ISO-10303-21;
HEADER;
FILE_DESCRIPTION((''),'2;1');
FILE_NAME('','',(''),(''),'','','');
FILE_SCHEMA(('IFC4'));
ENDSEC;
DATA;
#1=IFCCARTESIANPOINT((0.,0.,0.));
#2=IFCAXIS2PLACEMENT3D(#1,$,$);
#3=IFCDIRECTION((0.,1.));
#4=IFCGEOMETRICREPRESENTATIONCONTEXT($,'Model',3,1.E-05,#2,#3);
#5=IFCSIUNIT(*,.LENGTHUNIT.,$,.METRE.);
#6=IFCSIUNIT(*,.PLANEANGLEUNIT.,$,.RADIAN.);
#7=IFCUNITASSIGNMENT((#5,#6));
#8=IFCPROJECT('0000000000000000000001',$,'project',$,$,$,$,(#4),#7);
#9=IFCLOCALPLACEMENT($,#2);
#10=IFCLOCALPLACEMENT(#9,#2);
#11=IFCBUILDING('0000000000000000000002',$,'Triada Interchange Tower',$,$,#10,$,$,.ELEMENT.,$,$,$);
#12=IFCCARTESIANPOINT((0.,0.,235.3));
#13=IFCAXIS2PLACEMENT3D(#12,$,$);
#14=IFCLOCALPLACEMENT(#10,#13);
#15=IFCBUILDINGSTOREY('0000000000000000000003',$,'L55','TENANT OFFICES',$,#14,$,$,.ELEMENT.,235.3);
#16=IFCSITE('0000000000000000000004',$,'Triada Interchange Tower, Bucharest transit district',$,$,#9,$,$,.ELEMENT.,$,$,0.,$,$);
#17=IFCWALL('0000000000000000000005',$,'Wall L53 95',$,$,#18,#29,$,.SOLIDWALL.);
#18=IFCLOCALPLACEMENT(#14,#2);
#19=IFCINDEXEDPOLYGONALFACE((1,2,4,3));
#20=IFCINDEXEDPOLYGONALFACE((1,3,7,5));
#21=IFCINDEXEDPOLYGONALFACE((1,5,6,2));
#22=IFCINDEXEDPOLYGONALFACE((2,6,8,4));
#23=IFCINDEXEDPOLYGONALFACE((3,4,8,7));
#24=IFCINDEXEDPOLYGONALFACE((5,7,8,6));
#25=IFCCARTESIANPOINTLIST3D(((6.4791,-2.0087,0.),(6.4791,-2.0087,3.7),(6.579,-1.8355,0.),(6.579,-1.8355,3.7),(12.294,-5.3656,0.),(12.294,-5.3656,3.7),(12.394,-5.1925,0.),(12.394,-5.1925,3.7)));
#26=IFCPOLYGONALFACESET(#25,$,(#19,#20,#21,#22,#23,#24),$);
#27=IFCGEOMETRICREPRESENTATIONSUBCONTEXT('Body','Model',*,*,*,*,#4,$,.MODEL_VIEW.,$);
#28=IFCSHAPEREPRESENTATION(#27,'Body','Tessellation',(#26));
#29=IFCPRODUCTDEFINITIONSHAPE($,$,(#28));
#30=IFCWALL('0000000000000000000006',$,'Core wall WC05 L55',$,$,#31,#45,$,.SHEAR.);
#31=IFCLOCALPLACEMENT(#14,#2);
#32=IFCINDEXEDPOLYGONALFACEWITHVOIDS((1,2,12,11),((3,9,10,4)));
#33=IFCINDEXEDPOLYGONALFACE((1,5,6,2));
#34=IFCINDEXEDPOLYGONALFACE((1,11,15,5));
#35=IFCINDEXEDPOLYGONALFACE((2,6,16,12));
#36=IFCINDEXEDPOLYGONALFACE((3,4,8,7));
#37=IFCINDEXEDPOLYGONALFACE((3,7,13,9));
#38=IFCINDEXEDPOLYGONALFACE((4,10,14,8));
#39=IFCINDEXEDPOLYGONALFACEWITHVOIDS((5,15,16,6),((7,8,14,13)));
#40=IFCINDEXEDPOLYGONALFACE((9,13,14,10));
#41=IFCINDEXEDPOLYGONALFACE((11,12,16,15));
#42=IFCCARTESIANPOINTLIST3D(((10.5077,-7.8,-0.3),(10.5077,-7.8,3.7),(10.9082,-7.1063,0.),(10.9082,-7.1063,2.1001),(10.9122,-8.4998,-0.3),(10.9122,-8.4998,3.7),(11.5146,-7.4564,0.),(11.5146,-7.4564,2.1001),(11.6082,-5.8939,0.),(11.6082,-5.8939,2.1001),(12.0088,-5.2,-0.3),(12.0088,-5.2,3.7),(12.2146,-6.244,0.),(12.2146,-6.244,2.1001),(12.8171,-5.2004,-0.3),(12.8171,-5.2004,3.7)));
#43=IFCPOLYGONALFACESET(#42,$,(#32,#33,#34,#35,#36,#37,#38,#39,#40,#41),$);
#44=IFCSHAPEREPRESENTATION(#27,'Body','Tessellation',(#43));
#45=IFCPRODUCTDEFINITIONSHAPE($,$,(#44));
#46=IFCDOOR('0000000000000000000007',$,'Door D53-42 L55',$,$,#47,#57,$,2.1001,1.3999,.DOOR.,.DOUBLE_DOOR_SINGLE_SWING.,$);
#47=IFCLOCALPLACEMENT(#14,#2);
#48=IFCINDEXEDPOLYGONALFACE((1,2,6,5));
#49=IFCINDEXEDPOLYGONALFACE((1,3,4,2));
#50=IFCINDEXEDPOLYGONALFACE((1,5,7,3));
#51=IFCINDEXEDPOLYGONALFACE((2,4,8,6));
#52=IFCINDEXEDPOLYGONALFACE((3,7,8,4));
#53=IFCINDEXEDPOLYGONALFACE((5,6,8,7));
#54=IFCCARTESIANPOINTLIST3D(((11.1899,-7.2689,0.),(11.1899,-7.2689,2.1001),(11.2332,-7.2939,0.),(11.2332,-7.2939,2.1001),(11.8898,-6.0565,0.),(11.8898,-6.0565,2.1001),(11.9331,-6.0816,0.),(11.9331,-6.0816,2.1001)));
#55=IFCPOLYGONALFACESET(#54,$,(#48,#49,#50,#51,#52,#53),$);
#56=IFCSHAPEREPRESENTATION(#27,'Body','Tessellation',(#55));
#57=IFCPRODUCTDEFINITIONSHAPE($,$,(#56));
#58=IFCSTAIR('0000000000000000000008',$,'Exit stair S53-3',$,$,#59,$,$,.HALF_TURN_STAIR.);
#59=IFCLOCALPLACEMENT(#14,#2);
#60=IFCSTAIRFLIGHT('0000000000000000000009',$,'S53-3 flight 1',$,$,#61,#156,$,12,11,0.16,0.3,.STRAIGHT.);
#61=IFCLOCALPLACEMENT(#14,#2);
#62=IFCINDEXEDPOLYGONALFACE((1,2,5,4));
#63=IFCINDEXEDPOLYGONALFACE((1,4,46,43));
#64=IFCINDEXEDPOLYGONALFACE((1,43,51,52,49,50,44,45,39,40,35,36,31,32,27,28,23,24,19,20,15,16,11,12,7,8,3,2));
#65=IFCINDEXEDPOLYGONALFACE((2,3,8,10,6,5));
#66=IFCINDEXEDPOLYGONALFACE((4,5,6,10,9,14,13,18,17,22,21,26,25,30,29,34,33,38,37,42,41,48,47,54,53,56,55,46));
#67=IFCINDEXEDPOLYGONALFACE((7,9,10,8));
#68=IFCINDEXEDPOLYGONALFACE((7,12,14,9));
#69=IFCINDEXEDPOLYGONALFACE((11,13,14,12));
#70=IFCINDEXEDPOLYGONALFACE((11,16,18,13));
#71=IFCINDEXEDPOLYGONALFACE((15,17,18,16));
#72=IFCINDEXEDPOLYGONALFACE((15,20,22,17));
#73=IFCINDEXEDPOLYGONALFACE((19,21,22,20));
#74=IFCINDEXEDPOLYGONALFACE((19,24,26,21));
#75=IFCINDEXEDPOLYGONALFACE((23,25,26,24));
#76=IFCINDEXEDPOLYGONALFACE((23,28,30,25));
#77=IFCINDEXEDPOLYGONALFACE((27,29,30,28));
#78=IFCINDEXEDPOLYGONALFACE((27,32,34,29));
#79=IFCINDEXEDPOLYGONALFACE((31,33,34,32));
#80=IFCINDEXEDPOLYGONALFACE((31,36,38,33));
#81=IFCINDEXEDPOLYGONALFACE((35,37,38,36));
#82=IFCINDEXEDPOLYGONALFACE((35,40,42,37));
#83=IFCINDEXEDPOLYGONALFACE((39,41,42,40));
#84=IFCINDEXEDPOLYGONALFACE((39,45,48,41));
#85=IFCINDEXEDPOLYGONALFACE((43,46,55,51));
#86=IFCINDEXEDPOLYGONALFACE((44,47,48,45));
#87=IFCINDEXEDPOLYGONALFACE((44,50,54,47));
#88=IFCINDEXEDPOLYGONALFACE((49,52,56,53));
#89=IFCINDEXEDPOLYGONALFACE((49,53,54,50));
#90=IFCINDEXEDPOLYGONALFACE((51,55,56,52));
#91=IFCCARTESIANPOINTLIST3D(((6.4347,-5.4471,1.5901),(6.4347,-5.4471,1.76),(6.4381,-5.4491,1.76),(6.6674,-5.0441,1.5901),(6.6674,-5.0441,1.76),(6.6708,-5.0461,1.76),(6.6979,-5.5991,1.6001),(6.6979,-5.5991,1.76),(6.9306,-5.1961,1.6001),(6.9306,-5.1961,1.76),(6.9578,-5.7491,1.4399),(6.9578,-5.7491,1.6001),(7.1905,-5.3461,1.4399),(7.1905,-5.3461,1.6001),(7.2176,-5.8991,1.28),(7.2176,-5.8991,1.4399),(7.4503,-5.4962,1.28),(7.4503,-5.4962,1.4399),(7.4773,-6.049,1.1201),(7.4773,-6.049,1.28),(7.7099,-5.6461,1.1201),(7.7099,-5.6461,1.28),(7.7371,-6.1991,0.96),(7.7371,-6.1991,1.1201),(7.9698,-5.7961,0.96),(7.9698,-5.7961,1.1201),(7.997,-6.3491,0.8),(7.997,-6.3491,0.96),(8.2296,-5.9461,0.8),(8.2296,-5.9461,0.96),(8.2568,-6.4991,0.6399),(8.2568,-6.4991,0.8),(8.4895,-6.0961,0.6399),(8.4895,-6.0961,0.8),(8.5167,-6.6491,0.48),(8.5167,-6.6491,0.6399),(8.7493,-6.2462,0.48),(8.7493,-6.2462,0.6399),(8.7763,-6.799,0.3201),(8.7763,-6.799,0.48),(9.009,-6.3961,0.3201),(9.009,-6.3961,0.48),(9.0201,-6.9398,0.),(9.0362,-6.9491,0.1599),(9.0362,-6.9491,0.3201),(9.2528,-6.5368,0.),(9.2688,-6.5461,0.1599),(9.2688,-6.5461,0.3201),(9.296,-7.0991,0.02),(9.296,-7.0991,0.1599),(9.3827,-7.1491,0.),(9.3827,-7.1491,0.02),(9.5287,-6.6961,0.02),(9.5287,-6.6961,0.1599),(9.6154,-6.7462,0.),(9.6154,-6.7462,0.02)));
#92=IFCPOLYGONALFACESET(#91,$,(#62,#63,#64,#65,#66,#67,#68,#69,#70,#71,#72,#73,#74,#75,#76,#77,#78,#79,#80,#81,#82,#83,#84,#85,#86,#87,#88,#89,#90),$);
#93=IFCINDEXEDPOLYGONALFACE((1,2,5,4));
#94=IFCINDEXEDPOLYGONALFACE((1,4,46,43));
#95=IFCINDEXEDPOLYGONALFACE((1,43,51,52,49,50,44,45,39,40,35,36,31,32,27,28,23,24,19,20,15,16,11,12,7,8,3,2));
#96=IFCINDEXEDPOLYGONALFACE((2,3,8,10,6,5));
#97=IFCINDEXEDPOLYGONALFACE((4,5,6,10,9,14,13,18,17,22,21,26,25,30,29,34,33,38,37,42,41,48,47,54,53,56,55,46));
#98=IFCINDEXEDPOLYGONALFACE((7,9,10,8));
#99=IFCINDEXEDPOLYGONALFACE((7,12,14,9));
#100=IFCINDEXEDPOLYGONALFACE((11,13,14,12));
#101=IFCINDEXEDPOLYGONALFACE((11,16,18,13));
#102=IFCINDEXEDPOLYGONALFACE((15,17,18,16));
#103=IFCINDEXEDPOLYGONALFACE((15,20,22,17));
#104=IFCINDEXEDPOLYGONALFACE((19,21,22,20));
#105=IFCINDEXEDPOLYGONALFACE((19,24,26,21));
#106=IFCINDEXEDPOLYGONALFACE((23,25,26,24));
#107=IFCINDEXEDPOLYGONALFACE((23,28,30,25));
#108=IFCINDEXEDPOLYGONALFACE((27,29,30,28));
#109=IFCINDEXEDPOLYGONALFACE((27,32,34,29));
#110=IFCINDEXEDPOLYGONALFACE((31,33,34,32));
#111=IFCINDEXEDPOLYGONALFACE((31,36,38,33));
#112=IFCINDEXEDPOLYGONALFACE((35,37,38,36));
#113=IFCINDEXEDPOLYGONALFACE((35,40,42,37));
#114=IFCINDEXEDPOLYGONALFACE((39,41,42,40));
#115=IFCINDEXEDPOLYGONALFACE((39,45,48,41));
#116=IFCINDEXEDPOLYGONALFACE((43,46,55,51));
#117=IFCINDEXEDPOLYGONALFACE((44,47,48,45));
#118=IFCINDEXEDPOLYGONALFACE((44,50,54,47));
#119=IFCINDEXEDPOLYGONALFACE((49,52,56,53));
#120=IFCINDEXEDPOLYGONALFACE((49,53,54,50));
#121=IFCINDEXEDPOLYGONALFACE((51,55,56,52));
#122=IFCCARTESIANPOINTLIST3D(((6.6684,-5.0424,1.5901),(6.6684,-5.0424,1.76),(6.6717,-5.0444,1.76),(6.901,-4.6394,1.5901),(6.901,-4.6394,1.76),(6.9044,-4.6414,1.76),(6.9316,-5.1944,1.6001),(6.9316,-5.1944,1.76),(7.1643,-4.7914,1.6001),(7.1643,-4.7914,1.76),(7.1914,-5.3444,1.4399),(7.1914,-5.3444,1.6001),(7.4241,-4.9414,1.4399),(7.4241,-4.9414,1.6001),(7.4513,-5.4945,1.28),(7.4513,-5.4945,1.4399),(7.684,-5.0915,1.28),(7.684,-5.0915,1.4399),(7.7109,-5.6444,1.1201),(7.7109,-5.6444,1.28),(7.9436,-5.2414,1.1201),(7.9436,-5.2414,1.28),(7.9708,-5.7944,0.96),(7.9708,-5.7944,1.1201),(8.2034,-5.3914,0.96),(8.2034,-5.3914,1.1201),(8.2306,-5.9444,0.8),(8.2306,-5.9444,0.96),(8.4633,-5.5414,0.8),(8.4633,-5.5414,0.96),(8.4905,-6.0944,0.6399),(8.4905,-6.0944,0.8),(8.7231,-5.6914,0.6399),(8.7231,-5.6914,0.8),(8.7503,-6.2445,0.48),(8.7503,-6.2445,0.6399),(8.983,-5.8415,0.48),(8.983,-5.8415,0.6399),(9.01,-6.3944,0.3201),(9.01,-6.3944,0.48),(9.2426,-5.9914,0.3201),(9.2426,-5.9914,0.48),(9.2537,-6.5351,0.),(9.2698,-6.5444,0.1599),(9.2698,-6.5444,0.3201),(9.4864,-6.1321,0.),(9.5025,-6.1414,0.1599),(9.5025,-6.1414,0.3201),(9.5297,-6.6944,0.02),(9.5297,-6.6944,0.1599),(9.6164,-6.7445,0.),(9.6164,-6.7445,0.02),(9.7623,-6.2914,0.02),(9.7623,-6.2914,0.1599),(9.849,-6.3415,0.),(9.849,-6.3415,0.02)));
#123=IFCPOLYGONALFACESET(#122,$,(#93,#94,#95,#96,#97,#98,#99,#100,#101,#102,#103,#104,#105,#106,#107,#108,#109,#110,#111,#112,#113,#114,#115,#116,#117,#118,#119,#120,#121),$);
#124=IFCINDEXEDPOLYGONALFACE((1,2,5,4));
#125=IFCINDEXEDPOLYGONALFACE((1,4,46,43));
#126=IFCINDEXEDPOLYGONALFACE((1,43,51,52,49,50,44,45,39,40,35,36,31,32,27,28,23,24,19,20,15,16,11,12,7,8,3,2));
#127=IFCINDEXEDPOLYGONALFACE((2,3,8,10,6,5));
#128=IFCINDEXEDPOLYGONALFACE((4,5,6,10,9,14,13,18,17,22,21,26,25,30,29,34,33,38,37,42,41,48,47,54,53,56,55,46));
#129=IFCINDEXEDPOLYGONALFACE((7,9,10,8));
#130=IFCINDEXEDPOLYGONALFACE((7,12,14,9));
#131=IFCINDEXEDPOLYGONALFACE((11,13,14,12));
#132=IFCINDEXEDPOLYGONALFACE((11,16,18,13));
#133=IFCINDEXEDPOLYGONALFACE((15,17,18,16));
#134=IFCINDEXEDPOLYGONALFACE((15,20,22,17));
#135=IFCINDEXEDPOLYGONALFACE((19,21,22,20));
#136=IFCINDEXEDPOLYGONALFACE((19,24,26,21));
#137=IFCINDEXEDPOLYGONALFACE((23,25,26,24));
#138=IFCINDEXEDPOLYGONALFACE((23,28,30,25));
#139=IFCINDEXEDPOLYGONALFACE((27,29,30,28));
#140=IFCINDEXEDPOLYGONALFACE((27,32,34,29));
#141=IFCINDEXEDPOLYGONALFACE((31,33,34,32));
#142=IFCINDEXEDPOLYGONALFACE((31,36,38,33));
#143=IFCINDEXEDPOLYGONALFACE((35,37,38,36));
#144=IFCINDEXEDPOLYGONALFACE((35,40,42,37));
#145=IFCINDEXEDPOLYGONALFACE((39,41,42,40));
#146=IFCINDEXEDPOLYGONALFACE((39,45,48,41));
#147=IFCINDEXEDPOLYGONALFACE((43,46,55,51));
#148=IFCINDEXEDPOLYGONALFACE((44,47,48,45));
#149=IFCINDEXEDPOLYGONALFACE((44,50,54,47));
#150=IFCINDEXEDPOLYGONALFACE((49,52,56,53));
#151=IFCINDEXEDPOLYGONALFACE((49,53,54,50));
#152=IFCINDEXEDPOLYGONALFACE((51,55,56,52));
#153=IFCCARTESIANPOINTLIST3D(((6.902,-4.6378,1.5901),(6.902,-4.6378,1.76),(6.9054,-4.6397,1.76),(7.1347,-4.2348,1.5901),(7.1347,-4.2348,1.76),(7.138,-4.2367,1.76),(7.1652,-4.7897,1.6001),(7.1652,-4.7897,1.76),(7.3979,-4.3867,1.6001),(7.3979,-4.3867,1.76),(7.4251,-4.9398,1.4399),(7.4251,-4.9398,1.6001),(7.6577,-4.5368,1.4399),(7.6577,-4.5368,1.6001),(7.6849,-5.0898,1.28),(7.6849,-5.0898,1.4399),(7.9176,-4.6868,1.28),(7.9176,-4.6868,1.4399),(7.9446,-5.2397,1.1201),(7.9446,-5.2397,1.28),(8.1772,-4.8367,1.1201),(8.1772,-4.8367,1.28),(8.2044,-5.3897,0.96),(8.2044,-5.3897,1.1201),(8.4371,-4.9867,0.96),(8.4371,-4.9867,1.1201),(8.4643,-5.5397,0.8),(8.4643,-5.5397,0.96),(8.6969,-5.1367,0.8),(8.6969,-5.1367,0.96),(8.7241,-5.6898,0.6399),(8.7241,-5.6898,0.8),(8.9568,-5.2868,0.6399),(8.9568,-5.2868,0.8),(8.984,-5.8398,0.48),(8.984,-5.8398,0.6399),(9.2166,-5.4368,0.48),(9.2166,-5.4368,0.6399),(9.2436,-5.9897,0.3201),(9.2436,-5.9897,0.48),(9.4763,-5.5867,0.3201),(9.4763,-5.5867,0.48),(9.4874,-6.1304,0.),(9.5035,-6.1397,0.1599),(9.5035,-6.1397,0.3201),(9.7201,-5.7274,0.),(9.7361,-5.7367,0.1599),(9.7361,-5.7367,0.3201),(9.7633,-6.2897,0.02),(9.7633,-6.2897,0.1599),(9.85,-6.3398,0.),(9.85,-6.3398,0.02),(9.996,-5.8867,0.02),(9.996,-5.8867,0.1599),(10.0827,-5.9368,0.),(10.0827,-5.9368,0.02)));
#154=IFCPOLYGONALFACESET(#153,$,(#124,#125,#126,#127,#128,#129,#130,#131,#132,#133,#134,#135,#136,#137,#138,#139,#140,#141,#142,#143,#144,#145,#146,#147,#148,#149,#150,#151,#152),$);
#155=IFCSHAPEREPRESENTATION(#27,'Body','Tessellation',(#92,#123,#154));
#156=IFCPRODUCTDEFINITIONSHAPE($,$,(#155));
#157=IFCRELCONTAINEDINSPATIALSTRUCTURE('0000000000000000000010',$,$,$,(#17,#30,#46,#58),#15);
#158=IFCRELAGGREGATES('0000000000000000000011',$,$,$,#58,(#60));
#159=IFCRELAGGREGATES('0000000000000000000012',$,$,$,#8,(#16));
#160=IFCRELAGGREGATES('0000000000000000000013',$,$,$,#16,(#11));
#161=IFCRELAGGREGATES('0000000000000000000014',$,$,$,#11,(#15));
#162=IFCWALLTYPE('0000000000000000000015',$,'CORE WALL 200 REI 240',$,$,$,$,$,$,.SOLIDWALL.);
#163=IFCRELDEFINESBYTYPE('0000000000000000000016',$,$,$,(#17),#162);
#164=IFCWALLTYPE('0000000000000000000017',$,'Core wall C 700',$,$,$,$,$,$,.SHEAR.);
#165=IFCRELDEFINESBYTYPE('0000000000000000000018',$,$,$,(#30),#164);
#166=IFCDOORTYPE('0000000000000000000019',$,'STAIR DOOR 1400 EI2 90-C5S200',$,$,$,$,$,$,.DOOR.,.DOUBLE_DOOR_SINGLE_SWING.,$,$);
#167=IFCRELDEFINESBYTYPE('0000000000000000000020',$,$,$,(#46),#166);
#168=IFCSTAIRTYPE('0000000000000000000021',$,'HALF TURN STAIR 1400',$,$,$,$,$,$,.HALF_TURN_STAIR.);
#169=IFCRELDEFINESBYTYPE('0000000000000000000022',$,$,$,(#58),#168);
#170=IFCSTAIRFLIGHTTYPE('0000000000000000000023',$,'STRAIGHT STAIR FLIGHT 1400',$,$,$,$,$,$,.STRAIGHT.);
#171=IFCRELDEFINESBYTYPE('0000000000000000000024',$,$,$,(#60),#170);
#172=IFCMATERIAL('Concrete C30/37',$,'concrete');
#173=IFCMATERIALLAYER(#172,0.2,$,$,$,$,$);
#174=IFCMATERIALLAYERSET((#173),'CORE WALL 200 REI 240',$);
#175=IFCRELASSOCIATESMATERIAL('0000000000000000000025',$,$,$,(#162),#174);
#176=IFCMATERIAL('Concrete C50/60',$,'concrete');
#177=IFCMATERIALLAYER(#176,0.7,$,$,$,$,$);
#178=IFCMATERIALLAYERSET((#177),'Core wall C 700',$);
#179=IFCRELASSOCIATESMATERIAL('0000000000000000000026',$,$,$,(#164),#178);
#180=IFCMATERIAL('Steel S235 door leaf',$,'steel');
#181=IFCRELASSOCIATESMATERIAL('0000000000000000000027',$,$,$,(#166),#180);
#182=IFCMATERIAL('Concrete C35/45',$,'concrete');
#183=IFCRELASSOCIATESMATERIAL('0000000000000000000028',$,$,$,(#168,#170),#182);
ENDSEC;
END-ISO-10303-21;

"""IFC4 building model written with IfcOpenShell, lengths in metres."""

from ifc_helpers import new_model, si_unit, direction, frame, frame_2d, origin, place, context, subcontext, project, spatial, polyline, rectangle, outline, extrude, material, layer, layer_set, type_object, element, fill, aggregate, save


model = new_model("IFC4")

# Units and contexts
model_context = context("Model", 3, precision=1e-05, world=origin(), true_north=direction((0.0, 1.0)))
body_context = subcontext(model_context, "Body", "Model", "MODEL_VIEW")
ifc_project = project(units=[si_unit("LENGTHUNIT", "METRE"), si_unit("PLANEANGLEUNIT", "RADIAN")], contexts=[model_context])

# Site, building, storey
site_placement = place(None, origin())
site = spatial("IfcSite", under=ifc_project, at=site_placement, Name="Triada Interchange Tower, Bucharest transit district", CompositionType="ELEMENT", RefElevation=0.0)
building_placement = place(site_placement, origin())
building = spatial("IfcBuilding", under=site, at=building_placement, Name="Triada Interchange Tower", CompositionType="ELEMENT")
storey_placement = place(building_placement, frame((0.0, 0.0, 235.3)))
storey = spatial("IfcBuildingStorey", under=building, at=storey_placement, Name="L55", Description="TENANT OFFICES", CompositionType="ELEMENT", Elevation=235.3)

# Shared definitions
ifc_material_1 = material(Name="Concrete C30/37", Category="concrete")

# Shared definitions
ifc_material_2 = material(Name="Steel S235 door leaf", Category="steel")

# Wall
ifc_layer_1 = layer(ifc_material_1, 0.2)
ifc_layer_set_1 = layer_set([ifc_layer_1], Name="CORE WALL 200 REI 240")
wall_type_1 = type_object("IfcWallType", Name="CORE WALL 200 REI 240", PredefinedType="SOLIDWALL", material=ifc_layer_set_1)
wall_1_placement = place(storey_placement, frame((6.5291, -1.9221, 0.0), z_axis=(0.0, 0.0, 1.0), x_axis=(0.866046, -0.499964, 0.0)))
element("IfcWall", 1, at=wall_1_placement, inside=storey, type_object=wall_type_1, Name="Wall L53 95", PredefinedType="SOLIDWALL", context=body_context, shape_type="SweptSolid", body=[
    extrude(rectangle(XDim=6.7144, YDim=0.2, at=frame_2d((3.3572, 0.0))), origin(), (0.0, 0.0, 1.0), 3.7),
])

# Wall, opening, door
ifc_material_3 = material(Name="Concrete C50/60", Category="concrete")
ifc_layer_2 = layer(ifc_material_3, 0.7)
ifc_layer_set_2 = layer_set([ifc_layer_2], Name="Core wall C 700")
wall_type_2 = type_object("IfcWallType", Name="Core wall C 700", PredefinedType="SHEAR", material=ifc_layer_set_2)
wall_2_placement = place(storey_placement, frame((10.71, -8.1499, -0.3), z_axis=(0.0, 0.0, 1.0), x_axis=(0.499993, 0.866029, 0.0)))
wall_2 = element("IfcWall", 2, at=wall_2_placement, inside=storey, type_object=wall_type_2, Name="Core wall WC05 L55", PredefinedType="SHEAR", context=body_context, shape_type="SweptSolid", body=[
    extrude(outline(polyline([(-0.2019, -0.3501), (1.7031, -0.3501), (3.6079, -0.3501), (3.2041, 0.3501), (1.7031, 0.3501), (0.2019, 0.3501), (-0.2019, -0.3501)])), origin(), (0.0, 0.0, 1.0), 4.0),
])
opening_1_placement = place(wall_2_placement, frame((1.0029, 0.0, 0.3)))
opening_1 = element("IfcOpeningElement", 3, at=opening_1_placement, cuts=wall_2, PredefinedType="OPENING", context=body_context, shape_type="SweptSolid", body=[
    extrude(rectangle(XDim=1.3999, YDim=2.1001, at=frame_2d((0.7, 1.05))), frame((0.0, 0.3601, 0.0), z_axis=(0.0, -1.0, 0.0), x_axis=(1.0, 0.0, 0.0)), (0.0, 0.0, 1.0), 0.7202),
])
door_type_1 = type_object("IfcDoorType", Name="STAIR DOOR 1400 EI2 90-C5S200", OperationType="DOUBLE_DOOR_SINGLE_SWING", PredefinedType="DOOR", material=ifc_material_2)
door_1_placement = place(opening_1_placement, origin())
door_1 = element("IfcDoor", 4, at=door_1_placement, inside=storey, type_object=door_type_1, Name="Door D53-42 L55", OperationType="DOUBLE_DOOR_SINGLE_SWING", OverallHeight=2.1001, OverallWidth=1.3999, PredefinedType="DOOR", context=body_context, shape_type="SweptSolid", body=[
    extrude(rectangle(XDim=1.3999, YDim=2.1001, at=frame_2d((0.7, 1.05))), frame((0.0, 0.0249, 0.0), z_axis=(0.0, -1.0, 0.0), x_axis=(1.0, 0.0, 0.0)), (0.0, 0.0, 1.0), 0.05),
])
fill(opening_1, door_1)

# Stair, stair flight
ifc_material_4 = material(Name="Concrete C35/45", Category="concrete")
stair_type = type_object("IfcStairType", Name="HALF TURN STAIR 1400", PredefinedType="HALF_TURN_STAIR", material=ifc_material_4)
stair_placement = place(storey_placement, origin())
stair = element("IfcStair", 5, at=stair_placement, inside=storey, type_object=stair_type, Name="Exit stair S53-3", PredefinedType="HALF_TURN_STAIR")
stair_flight_type = type_object("IfcStairFlightType", Name="STRAIGHT STAIR FLIGHT 1400", PredefinedType="STRAIGHT", material=ifc_material_4)
stair_flight_1_placement = place(storey_placement, frame((9.646, -6.4929, 0.0), z_axis=(0.0, 0.0, 1.0), x_axis=(-0.866025, 0.5, 0.0)))
stair_flight_1 = element("IfcStairFlight", 6, at=stair_flight_1_placement, type_object=stair_flight_type, Name="S53-3 flight 1", NumberOfRisers=12, NumberOfTreads=11, PredefinedType="STRAIGHT", RiserHeight=0.16, TreadLength=0.3, context=body_context, shape_type="SweptSolid", body=[
    extrude(outline(polyline([(-0.1001, 0.0), (-0.1001, 0.02), (0.0, 0.02), (0.0, 0.1599), (0.3, 0.1599), (0.3, 0.3201), (0.6001, 0.3201), (0.6001, 0.48), (0.8999, 0.48), (0.8999, 0.6399), (1.2, 0.6399), (1.2, 0.8), (1.5, 0.8), (1.5, 0.96), (1.8, 0.96), (1.8, 1.1201), (2.1001, 1.1201), (2.1001, 1.28), (2.3999, 1.28), (2.3999, 1.4399), (2.7, 1.4399), (2.7, 1.6001), (3.0, 1.6001), (3.0, 1.76), (3.3, 1.76), (3.304, 1.76), (3.304, 1.9199), (3.304, 1.5901), (0.3186, 0.0), (-0.1001, 0.0)])), frame((0.0, 0.7, 0.0), z_axis=(0.0, -1.0, 0.0), x_axis=(1.0, 0.0, 0.0)), (0.0, 0.0, 1.0), 0.4653),
    extrude(outline(polyline([(-0.1001, 0.0), (-0.1001, 0.02), (0.0, 0.02), (0.0, 0.1599), (0.3, 0.1599), (0.3, 0.3201), (0.6001, 0.3201), (0.6001, 0.48), (0.8999, 0.48), (0.8999, 0.6399), (1.2, 0.6399), (1.2, 0.8), (1.5, 0.8), (1.5, 0.96), (1.8, 0.96), (1.8, 1.1201), (2.1001, 1.1201), (2.1001, 1.28), (2.3999, 1.28), (2.3999, 1.4399), (2.7, 1.4399), (2.7, 1.6001), (3.0, 1.6001), (3.0, 1.76), (3.3, 1.76), (3.304, 1.76), (3.304, 1.9199), (3.304, 1.5901), (0.3186, 0.0), (-0.1001, 0.0)])), frame((0.0, 0.2327, 0.0), z_axis=(0.0, -1.0, 0.0), x_axis=(1.0, 0.0, 0.0)), (0.0, 0.0, 1.0), 0.4653),
    extrude(outline(polyline([(-0.1001, 0.0), (-0.1001, 0.02), (0.0, 0.02), (0.0, 0.1599), (0.3, 0.1599), (0.3, 0.3201), (0.6001, 0.3201), (0.6001, 0.48), (0.8999, 0.48), (0.8999, 0.6399), (1.2, 0.6399), (1.2, 0.8), (1.5, 0.8), (1.5, 0.96), (1.8, 0.96), (1.8, 1.1201), (2.1001, 1.1201), (2.1001, 1.28), (2.3999, 1.28), (2.3999, 1.4399), (2.7, 1.4399), (2.7, 1.6001), (3.0, 1.6001), (3.0, 1.76), (3.3, 1.76), (3.304, 1.76), (3.304, 1.9199), (3.304, 1.5901), (0.3186, 0.0), (-0.1001, 0.0)])), frame((0.0, -0.2346, 0.0), z_axis=(0.0, -1.0, 0.0), x_axis=(1.0, 0.0, 0.0)), (0.0, 0.0, 1.0), 0.4653),
])
aggregate(stair, [stair_flight_1])

save(model, "model.ifc")
